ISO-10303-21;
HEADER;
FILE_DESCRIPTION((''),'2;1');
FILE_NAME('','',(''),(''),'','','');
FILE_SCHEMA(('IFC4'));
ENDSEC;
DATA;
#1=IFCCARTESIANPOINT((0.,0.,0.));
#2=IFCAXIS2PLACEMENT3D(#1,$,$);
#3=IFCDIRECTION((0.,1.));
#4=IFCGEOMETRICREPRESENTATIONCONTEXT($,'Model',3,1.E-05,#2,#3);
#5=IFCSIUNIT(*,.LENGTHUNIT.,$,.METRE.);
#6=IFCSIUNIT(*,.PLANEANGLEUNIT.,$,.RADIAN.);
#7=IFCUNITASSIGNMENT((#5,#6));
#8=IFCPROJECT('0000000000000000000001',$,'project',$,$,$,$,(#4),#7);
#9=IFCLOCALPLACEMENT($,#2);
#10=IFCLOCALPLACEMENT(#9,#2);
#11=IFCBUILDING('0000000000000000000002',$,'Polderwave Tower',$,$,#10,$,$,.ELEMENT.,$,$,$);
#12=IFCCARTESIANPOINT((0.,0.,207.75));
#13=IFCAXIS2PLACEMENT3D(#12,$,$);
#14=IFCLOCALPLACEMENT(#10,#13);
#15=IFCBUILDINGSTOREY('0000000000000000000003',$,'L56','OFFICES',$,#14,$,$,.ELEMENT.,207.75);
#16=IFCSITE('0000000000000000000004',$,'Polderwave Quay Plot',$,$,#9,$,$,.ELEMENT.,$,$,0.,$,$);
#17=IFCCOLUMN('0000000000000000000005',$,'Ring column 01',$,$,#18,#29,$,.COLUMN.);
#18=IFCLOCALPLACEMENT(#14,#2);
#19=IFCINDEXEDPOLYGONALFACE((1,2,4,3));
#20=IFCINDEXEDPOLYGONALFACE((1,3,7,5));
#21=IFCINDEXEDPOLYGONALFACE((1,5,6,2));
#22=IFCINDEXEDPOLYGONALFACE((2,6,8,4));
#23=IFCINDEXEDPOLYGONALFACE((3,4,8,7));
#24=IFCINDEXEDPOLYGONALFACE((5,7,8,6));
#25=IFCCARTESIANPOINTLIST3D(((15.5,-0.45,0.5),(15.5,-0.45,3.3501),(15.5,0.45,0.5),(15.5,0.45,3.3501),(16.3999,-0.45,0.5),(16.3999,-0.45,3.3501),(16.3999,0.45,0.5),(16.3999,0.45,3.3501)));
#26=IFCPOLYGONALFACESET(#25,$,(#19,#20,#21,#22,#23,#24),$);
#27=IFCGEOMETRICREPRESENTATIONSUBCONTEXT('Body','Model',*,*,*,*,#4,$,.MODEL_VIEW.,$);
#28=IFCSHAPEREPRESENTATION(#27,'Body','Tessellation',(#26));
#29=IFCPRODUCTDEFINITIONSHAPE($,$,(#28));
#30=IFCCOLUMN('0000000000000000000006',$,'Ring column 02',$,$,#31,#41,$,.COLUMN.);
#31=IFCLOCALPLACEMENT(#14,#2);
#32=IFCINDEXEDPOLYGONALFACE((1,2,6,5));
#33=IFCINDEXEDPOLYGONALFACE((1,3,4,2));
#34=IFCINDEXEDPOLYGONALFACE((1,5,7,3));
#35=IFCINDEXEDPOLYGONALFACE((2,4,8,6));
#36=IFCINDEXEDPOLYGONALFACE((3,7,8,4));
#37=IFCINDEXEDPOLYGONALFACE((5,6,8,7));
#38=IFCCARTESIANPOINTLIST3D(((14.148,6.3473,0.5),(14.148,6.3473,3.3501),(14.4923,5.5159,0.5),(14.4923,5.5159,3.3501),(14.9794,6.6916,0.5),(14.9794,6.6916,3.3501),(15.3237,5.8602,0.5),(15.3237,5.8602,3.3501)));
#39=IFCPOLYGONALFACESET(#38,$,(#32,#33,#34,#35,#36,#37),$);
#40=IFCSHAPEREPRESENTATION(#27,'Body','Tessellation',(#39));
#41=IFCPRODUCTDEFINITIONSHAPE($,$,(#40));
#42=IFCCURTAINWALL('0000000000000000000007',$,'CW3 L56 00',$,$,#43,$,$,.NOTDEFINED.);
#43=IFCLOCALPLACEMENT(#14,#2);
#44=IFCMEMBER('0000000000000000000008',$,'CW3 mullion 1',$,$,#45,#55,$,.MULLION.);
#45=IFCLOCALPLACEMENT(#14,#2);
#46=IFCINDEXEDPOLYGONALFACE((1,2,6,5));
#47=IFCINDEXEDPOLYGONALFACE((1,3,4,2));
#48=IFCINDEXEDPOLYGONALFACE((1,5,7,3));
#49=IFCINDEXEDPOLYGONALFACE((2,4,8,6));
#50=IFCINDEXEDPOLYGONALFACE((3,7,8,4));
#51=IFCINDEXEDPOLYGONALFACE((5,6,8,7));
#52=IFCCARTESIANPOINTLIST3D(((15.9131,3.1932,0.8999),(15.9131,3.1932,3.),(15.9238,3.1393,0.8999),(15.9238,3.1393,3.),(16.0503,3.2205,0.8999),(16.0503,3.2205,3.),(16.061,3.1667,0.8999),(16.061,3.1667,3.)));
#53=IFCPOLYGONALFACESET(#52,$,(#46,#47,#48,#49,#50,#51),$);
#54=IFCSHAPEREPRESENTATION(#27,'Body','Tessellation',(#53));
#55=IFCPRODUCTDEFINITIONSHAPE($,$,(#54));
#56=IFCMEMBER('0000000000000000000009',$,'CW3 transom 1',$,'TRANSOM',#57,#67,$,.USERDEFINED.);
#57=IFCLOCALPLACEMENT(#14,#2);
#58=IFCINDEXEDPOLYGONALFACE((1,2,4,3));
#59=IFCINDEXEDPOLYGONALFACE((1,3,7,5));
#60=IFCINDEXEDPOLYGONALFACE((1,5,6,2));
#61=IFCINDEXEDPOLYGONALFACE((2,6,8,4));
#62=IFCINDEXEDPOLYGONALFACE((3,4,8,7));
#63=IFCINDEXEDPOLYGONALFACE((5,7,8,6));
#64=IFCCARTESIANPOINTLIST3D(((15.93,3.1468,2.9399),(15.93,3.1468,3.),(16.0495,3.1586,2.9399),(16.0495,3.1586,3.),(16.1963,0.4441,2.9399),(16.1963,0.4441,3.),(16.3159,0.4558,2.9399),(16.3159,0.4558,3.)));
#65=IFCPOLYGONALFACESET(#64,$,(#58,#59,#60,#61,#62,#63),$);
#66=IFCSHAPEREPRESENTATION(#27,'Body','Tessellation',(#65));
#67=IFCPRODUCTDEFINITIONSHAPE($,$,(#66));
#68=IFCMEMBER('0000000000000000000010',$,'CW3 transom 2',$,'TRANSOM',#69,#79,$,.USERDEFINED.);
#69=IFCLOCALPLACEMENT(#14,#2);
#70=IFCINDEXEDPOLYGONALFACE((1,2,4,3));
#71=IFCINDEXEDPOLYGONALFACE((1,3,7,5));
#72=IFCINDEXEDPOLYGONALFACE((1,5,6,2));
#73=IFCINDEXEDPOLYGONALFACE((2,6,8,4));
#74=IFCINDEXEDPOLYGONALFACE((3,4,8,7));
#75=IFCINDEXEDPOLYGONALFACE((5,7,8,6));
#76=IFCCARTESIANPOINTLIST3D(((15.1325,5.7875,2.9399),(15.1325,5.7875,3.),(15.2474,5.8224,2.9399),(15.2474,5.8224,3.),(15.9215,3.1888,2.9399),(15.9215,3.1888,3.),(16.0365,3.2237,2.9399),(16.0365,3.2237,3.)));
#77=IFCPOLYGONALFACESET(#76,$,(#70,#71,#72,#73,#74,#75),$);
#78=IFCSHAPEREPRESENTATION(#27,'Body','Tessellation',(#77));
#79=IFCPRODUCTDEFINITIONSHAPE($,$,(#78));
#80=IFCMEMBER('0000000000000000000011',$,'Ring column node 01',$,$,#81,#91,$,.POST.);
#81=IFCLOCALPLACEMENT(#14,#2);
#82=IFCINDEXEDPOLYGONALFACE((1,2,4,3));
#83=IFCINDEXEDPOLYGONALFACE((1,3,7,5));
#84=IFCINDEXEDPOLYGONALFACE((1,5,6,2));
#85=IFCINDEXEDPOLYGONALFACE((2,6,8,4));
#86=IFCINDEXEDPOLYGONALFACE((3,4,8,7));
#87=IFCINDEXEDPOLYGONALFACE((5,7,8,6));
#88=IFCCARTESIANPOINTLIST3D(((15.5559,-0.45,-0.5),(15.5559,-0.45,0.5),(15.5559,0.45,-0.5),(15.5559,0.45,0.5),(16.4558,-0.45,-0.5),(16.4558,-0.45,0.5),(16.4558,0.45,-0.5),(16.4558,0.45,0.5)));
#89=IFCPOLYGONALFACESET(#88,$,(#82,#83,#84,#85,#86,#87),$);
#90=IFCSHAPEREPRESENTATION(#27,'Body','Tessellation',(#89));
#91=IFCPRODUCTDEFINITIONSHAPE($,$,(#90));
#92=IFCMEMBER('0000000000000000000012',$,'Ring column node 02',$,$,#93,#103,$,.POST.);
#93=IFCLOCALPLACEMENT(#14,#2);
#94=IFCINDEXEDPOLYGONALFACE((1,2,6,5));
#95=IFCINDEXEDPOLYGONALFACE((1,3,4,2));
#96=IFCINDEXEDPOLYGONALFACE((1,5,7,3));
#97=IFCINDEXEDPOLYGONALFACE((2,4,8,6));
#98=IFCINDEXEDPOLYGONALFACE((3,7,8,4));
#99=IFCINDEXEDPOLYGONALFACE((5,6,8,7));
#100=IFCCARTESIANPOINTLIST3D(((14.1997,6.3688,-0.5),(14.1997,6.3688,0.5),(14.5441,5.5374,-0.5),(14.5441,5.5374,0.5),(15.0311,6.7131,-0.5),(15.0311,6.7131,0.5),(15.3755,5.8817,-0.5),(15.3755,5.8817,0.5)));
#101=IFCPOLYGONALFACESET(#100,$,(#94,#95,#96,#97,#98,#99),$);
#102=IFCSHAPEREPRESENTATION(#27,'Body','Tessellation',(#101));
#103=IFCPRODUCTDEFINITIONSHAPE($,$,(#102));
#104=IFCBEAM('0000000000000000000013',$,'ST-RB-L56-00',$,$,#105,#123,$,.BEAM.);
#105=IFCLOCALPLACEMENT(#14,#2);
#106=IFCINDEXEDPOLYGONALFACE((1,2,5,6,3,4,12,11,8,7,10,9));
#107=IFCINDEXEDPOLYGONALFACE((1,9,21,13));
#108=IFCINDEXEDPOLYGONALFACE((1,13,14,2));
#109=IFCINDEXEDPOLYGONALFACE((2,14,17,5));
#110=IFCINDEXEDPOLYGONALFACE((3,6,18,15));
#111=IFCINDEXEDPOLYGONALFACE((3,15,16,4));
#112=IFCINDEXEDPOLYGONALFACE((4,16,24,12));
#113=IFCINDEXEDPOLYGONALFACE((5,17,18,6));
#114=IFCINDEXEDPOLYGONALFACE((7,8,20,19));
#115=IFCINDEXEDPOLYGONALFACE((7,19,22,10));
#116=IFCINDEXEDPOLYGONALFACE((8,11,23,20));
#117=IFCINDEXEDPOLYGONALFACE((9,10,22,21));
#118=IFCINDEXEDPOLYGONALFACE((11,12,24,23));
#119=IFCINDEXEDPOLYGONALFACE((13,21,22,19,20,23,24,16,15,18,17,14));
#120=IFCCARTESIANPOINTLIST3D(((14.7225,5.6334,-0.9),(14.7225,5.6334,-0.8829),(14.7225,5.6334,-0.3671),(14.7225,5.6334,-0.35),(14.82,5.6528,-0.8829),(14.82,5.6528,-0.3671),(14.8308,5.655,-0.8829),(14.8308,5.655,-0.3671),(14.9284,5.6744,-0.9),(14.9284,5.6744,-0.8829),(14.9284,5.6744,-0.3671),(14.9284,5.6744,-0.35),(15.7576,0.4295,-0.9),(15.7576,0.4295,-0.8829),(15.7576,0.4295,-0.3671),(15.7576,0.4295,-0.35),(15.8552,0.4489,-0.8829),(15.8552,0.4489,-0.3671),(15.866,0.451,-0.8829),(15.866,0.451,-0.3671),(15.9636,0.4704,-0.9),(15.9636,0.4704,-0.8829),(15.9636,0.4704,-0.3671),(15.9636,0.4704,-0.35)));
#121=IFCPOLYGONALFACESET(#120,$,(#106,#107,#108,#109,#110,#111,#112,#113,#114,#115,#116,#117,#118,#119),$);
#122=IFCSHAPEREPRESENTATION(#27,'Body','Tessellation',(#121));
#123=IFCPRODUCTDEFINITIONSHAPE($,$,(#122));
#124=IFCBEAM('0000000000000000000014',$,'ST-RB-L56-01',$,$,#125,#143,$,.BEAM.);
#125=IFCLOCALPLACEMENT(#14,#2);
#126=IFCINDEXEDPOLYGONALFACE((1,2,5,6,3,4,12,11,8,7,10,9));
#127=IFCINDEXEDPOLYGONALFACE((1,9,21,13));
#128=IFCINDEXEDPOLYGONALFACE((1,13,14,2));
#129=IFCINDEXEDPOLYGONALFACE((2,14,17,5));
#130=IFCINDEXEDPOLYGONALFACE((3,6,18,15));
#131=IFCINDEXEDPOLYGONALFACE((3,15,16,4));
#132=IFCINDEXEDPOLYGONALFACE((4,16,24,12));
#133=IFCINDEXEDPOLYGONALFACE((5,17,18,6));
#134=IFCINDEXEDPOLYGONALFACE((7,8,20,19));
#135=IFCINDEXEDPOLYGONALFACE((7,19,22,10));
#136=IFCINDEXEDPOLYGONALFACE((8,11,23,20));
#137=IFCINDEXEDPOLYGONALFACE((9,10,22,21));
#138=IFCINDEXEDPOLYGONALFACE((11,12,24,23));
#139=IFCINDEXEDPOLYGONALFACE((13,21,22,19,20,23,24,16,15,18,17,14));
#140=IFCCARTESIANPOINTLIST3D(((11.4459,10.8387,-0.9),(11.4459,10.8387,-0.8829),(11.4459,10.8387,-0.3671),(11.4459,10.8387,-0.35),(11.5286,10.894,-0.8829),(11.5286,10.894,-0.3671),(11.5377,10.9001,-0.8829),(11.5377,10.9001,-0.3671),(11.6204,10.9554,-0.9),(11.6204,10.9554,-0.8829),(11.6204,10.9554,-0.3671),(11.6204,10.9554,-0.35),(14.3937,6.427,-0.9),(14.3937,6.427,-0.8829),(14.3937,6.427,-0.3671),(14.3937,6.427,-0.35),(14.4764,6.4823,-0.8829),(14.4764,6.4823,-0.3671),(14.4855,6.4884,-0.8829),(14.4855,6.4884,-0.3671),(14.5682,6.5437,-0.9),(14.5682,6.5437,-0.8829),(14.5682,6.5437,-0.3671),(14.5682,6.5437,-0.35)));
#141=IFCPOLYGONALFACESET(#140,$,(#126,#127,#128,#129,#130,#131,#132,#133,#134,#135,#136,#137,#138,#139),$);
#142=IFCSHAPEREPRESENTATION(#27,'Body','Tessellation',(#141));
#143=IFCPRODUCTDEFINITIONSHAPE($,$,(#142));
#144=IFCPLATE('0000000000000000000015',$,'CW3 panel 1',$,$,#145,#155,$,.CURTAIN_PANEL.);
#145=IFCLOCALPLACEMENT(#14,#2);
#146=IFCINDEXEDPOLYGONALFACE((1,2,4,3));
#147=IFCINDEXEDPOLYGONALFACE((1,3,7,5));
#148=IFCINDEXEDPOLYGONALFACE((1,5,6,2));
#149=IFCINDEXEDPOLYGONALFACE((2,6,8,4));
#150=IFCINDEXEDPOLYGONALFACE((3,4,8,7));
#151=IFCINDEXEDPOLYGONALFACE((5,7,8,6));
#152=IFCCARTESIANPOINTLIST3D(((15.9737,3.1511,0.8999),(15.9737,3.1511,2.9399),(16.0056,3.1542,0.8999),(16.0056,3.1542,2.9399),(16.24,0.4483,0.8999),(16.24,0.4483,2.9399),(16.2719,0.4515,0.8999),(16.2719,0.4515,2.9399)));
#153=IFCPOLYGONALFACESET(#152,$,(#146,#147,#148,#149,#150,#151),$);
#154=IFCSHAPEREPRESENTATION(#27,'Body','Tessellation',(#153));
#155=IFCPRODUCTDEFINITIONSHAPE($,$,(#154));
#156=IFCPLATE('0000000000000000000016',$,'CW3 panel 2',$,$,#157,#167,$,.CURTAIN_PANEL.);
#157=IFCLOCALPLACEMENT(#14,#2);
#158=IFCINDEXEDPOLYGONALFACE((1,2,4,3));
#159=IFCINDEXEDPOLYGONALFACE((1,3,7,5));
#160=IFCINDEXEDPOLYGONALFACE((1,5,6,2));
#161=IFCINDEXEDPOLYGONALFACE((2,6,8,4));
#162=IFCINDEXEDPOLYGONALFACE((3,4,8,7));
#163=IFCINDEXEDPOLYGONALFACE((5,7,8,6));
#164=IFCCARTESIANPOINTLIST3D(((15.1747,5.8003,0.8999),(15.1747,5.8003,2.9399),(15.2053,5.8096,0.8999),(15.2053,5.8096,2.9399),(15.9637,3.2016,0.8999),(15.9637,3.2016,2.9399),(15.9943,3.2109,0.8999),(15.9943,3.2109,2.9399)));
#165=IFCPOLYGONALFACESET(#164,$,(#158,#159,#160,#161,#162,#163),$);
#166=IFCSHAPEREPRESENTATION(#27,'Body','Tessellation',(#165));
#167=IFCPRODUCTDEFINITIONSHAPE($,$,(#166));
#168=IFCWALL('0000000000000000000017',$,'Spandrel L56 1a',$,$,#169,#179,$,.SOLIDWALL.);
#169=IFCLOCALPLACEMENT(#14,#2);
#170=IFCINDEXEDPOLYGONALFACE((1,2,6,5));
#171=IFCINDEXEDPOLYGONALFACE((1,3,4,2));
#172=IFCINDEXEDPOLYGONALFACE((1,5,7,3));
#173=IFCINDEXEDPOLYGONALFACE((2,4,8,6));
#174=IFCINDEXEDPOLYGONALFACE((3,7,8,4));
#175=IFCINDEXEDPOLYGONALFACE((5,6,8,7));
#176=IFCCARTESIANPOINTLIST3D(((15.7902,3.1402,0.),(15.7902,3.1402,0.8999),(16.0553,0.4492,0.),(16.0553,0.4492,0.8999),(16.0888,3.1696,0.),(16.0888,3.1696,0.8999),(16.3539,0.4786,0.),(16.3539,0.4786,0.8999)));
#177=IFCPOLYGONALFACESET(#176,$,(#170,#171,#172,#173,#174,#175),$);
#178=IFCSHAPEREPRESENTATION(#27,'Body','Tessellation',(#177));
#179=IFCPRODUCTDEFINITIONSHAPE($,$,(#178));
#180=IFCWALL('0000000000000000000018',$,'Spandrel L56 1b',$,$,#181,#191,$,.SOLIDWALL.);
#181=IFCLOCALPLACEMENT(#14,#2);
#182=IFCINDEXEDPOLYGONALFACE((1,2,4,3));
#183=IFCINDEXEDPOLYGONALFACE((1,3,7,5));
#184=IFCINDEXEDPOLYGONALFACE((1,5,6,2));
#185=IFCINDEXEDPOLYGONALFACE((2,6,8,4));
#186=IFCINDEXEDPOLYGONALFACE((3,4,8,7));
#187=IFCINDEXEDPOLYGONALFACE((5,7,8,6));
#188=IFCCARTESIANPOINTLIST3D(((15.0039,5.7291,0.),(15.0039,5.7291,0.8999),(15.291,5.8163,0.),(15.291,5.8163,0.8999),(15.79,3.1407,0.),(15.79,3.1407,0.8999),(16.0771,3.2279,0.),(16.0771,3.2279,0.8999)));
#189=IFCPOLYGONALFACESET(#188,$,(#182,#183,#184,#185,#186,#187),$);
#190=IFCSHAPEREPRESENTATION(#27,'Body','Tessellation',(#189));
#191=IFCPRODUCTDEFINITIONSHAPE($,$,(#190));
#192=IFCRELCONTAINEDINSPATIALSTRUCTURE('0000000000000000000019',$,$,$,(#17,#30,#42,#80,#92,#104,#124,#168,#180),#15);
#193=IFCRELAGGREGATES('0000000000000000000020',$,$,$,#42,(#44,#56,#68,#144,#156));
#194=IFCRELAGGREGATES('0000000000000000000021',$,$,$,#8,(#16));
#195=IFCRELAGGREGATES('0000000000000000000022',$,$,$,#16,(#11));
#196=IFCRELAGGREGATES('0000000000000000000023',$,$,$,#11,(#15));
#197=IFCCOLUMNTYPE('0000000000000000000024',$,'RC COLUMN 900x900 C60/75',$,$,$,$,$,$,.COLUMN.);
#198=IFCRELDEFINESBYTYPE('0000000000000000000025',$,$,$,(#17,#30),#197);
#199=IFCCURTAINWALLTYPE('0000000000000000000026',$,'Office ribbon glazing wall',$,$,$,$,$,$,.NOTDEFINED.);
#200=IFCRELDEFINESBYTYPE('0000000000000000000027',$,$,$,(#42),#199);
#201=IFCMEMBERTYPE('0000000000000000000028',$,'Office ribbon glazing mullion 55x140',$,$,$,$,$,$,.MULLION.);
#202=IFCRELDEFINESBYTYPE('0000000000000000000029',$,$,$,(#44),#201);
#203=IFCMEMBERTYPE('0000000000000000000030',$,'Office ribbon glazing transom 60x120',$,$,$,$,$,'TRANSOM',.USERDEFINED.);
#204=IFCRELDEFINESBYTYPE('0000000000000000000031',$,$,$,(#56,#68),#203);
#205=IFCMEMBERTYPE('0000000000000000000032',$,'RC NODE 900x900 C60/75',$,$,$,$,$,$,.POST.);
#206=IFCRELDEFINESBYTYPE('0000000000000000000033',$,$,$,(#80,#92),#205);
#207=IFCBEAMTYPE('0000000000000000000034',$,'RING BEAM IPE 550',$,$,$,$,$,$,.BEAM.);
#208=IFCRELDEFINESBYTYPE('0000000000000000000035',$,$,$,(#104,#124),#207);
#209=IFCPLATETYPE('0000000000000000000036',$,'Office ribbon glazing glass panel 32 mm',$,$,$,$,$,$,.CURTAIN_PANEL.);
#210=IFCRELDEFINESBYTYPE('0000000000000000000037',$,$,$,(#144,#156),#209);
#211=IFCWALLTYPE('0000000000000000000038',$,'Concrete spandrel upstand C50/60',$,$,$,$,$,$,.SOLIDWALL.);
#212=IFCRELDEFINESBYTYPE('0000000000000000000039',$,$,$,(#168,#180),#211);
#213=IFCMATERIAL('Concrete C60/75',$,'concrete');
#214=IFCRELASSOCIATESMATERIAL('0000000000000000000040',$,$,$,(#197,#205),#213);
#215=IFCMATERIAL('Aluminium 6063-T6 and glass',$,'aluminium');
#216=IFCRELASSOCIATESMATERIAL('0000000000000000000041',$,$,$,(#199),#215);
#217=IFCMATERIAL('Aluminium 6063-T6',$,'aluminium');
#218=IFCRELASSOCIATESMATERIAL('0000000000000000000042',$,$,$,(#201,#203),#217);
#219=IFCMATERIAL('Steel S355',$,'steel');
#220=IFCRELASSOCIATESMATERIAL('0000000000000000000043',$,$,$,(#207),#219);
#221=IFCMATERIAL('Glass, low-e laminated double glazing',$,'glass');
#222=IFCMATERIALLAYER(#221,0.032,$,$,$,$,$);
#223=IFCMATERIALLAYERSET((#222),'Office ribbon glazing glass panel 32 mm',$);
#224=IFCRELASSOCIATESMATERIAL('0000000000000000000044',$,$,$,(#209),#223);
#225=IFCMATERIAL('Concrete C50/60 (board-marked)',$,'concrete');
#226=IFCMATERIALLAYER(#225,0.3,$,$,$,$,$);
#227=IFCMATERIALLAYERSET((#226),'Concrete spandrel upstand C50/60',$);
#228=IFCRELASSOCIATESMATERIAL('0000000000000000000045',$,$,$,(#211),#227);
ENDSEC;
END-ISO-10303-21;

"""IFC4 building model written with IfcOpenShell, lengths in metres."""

from ifc_helpers import new_model, si_unit, direction, frame, frame_2d, origin, origin_2d, place, context, subcontext, project, spatial, rectangle, i_section, extrude, material, layer, layer_set, material_profile, profile_set, type_object, element, aggregate, save


model = new_model("IFC4")

# Units and contexts
model_context = context("Model", 3, precision=1e-05, world=origin(), true_north=direction((0.0, 1.0)))
body_context = subcontext(model_context, "Body", "Model", "MODEL_VIEW")
ifc_project = project(units=[si_unit("LENGTHUNIT", "METRE"), si_unit("PLANEANGLEUNIT", "RADIAN")], contexts=[model_context])

# Site, building, storey
site_placement = place(None, origin())
site = spatial("IfcSite", under=ifc_project, at=site_placement, Name="Polderwave Quay Plot", CompositionType="ELEMENT", RefElevation=0.0)
building_placement = place(site_placement, origin())
building = spatial("IfcBuilding", under=site, at=building_placement, Name="Polderwave Tower", CompositionType="ELEMENT")
storey_placement = place(building_placement, frame((0.0, 0.0, 207.75)))
storey = spatial("IfcBuildingStorey", under=building, at=storey_placement, Name="L56", Description="OFFICES", CompositionType="ELEMENT", Elevation=207.75)

# Columns
ifc_material_1 = material(Name="Concrete C60/75", Category="concrete")
ifc_material_profile_1 = material_profile(ifc_material_1, rectangle(XDim=0.8999, YDim=0.8999, at=origin_2d()), Name="RC 900x900")
ifc_profile_set_1 = profile_set([ifc_material_profile_1], Name="Concrete C60/75")
column_type = type_object("IfcColumnType", Name="RC COLUMN 900x900 C60/75", PredefinedType="COLUMN", material=ifc_profile_set_1)
for number, where, z_axis, x_axis, name in (
    (1, (15.95, 0.0, 0.5), (0.0, 0.0, 1.0), (1.0, 0.0, 0.0), "Ring column 01"),
    (2, (14.7358, 6.1038, 0.5), (0.0, 0.0, 1.0), (0.92388, 0.382683, 0.0), "Ring column 02"),
):
    element("IfcColumn", number, at=place(storey_placement, frame(where, z_axis=z_axis, x_axis=x_axis)), inside=storey, type_object=column_type, Name=name, PredefinedType="COLUMN", context=body_context, shape_type="SweptSolid", body=[
        extrude(rectangle(XDim=0.8999, YDim=0.8999, at=origin_2d()), origin(), (0.0, 0.0, 1.0), 2.8501),
    ])

# Curtain wall, members
ifc_material_2 = material(Name="Aluminium 6063-T6 and glass", Category="aluminium")
curtain_wall_type = type_object("IfcCurtainWallType", Name="Office ribbon glazing wall", PredefinedType="NOTDEFINED", material=ifc_material_2)
curtain_wall_placement = place(storey_placement, origin())
curtain_wall = element("IfcCurtainWall", 3, at=curtain_wall_placement, inside=storey, type_object=curtain_wall_type, Name="CW3 L56 00", PredefinedType="NOTDEFINED")
ifc_material_3 = material(Name="Aluminium 6063-T6", Category="aluminium")
ifc_material_profile_2 = material_profile(ifc_material_3, rectangle(XDim=0.1399, YDim=0.0549, at=origin_2d()), Name="AL 55x140")
ifc_profile_set_2 = profile_set([ifc_material_profile_2], Name="Aluminium 6063-T6")
member_type_1 = type_object("IfcMemberType", Name="Office ribbon glazing mullion 55x140", PredefinedType="MULLION", material=ifc_profile_set_2)
member_1_placement = place(storey_placement, frame((15.9871, 3.1799, 0.8999), z_axis=(0.0, 0.0, 1.0), x_axis=(-0.980757, -0.195234, 0.0)))
member_1 = element("IfcMember", 4, at=member_1_placement, type_object=member_type_1, Name="CW3 mullion 1", PredefinedType="MULLION", context=body_context, shape_type="SweptSolid", body=[
    extrude(rectangle(XDim=0.1399, YDim=0.0549, at=origin_2d()), origin(), (0.0, 0.0, 1.0), 2.1001),
])
ifc_material_profile_3 = material_profile(ifc_material_3, rectangle(XDim=0.1201, YDim=0.0601, at=origin_2d()), Name="AL 60x120")
ifc_profile_set_3 = profile_set([ifc_material_profile_3], Name="Aluminium 6063-T6")
member_type_2 = type_object("IfcMemberType", Name="Office ribbon glazing transom 60x120", ElementType="TRANSOM", PredefinedType="USERDEFINED", material=ifc_profile_set_3)
member_2_placement = place(storey_placement, frame((16.2561, 0.45, 2.97), z_axis=(-0.098079, 0.995179, 0.0), x_axis=(-0.995179, -0.098079, 0.0)))
member_2 = element("IfcMember", 5, at=member_2_placement, type_object=member_type_2, Name="CW3 transom 1", ObjectType="TRANSOM", PredefinedType="USERDEFINED", context=body_context, shape_type="SweptSolid", body=[
    extrude(rectangle(XDim=0.1201, YDim=0.0601, at=origin_2d()), origin(), (0.0, 0.0, 1.0), 2.7158),
])
member_3_placement = place(storey_placement, frame((15.979, 3.2063, 2.97), z_axis=(-0.290546, 0.956861, 0.0), x_axis=(-0.956861, -0.290546, 0.0)))
member_3 = element("IfcMember", 6, at=member_3_placement, type_object=member_type_2, Name="CW3 transom 2", ObjectType="TRANSOM", PredefinedType="USERDEFINED", context=body_context, shape_type="SweptSolid", body=[
    extrude(rectangle(XDim=0.1201, YDim=0.0601, at=origin_2d()), origin(), (0.0, 0.0, 1.0), 2.7158),
])

# Members
ifc_material_profile_4 = material_profile(ifc_material_1, rectangle(XDim=0.8999, YDim=0.8999, at=origin_2d()), Name="RC 900x900")
ifc_profile_set_4 = profile_set([ifc_material_profile_4], Name="Concrete C60/75")
member_type_3 = type_object("IfcMemberType", Name="RC NODE 900x900 C60/75", PredefinedType="POST", material=ifc_profile_set_4)
for number, where, z_axis, x_axis, name in (
    (7, (16.0059, 0.0, -0.5), (0.0, 0.0, 1.0), (1.0, 0.0, 0.0), "Ring column node 01"),
    (8, (14.7876, 6.1252, -0.5), (0.0, 0.0, 1.0), (0.92388, 0.382683, 0.0), "Ring column node 02"),
):
    element("IfcMember", number, at=place(storey_placement, frame(where, z_axis=z_axis, x_axis=x_axis)), inside=storey, type_object=member_type_3, Name=name, PredefinedType="POST", context=body_context, shape_type="SweptSolid", body=[
        extrude(rectangle(XDim=0.8999, YDim=0.8999, at=origin_2d()), origin(), (0.0, 0.0, 1.0), 1.0),
    ])

# Beams
ifc_material_4 = material(Name="Steel S355", Category="steel")
ifc_material_profile_5 = material_profile(ifc_material_4, i_section(OverallWidth=0.21, OverallDepth=0.55, WebThickness=0.011, FlangeThickness=0.0171, at=origin_2d()), Name="IPE 550")
ifc_profile_set_5 = profile_set([ifc_material_profile_5], Name="Steel S355")
beam_type = type_object("IfcBeamType", Name="RING BEAM IPE 550", PredefinedType="BEAM", material=ifc_profile_set_5)
for number, where, z_axis, x_axis, name in (
    (9, (15.8606, 0.45, -0.625), (-0.195098, 0.980784, 0.0), (-0.980784, -0.195098, 0.0), "ST-RB-L56-00"),
    (10, (14.481, 6.4854, -0.625), (-0.555571, 0.831469, 0.0), (-0.831469, -0.555571, 0.0), "ST-RB-L56-01"),
):
    element("IfcBeam", number, at=place(storey_placement, frame(where, z_axis=z_axis, x_axis=x_axis)), inside=storey, type_object=beam_type, Name=name, PredefinedType="BEAM", context=body_context, shape_type="SweptSolid", body=[
        extrude(i_section(OverallWidth=0.21, OverallDepth=0.55, WebThickness=0.011, FlangeThickness=0.0171, at=origin_2d()), origin(), (0.0, 0.0, 1.0), 5.3059),
    ])

# Plates
ifc_material_5 = material(Name="Glass, low-e laminated double glazing", Category="glass")
ifc_layer_1 = layer(ifc_material_5, 0.032)
ifc_layer_set_1 = layer_set([ifc_layer_1], Name="Office ribbon glazing glass panel 32 mm")
plate_type = type_object("IfcPlateType", Name="Office ribbon glazing glass panel 32 mm", PredefinedType="CURTAIN_PANEL", material=ifc_layer_set_1)
plate_1_placement = place(storey_placement, frame((16.1228, 1.8013, 0.8999), z_axis=(0.0, 0.0, 1.0), x_axis=(-0.098061, 0.99518, 0.0)))
plate_1 = element("IfcPlate", 11, at=plate_1_placement, type_object=plate_type, Name="CW3 panel 1", PredefinedType="CURTAIN_PANEL", context=body_context, shape_type="SweptSolid", body=[
    extrude(rectangle(XDim=2.7158, YDim=0.032, at=origin_2d()), origin(), (0.0, 0.0, 1.0), 2.04),
])
plate_2_placement = place(storey_placement, frame((15.5845, 4.5056, 0.8999), z_axis=(0.0, 0.0, 1.0), x_axis=(-0.290524, 0.956868, 0.0)))
plate_2 = element("IfcPlate", 12, at=plate_2_placement, type_object=plate_type, Name="CW3 panel 2", PredefinedType="CURTAIN_PANEL", context=body_context, shape_type="SweptSolid", body=[
    extrude(rectangle(XDim=2.7158, YDim=0.032, at=origin_2d()), origin(), (0.0, 0.0, 1.0), 2.04),
])
aggregate(curtain_wall, [member_1, member_2, member_3, plate_1, plate_2])

# Walls
ifc_material_6 = material(Name="Concrete C50/60 (board-marked)", Category="concrete")
ifc_layer_2 = layer(ifc_material_6, 0.3)
ifc_layer_set_2 = layer_set([ifc_layer_2], Name="Concrete spandrel upstand C50/60")
wall_type_1 = type_object("IfcWallType", Name="Concrete spandrel upstand C50/60", PredefinedType="SOLIDWALL", material=ifc_layer_set_2)
wall_1_placement = place(storey_placement, frame((16.2046, 0.4639, 0.0), z_axis=(0.0, 0.0, 1.0), x_axis=(-0.098047, 0.995182, 0.0)))
element("IfcWall", 13, at=wall_1_placement, inside=storey, type_object=wall_type_1, Name="Spandrel L56 1a", PredefinedType="SOLIDWALL", context=body_context, shape_type="SweptSolid", body=[
    extrude(rectangle(XDim=2.7041, YDim=0.3, at=frame_2d((1.3521, 0.0))), origin(), (0.0, 0.0, 1.0), 0.8999),
])
wall_2_placement = place(storey_placement, frame((15.9336, 3.1843, 0.0), z_axis=(0.0, 0.0, 1.0), x_axis=(-0.290609, 0.956842, 0.0)))
element("IfcWall", 14, at=wall_2_placement, inside=storey, type_object=wall_type_1, Name="Spandrel L56 1b", PredefinedType="SOLIDWALL", context=body_context, shape_type="SweptSolid", body=[
    extrude(rectangle(XDim=2.7051, YDim=0.3, at=frame_2d((1.3525, 0.0))), origin(), (0.0, 0.0, 1.0), 0.8999),
])

save(model, "model.ifc")
